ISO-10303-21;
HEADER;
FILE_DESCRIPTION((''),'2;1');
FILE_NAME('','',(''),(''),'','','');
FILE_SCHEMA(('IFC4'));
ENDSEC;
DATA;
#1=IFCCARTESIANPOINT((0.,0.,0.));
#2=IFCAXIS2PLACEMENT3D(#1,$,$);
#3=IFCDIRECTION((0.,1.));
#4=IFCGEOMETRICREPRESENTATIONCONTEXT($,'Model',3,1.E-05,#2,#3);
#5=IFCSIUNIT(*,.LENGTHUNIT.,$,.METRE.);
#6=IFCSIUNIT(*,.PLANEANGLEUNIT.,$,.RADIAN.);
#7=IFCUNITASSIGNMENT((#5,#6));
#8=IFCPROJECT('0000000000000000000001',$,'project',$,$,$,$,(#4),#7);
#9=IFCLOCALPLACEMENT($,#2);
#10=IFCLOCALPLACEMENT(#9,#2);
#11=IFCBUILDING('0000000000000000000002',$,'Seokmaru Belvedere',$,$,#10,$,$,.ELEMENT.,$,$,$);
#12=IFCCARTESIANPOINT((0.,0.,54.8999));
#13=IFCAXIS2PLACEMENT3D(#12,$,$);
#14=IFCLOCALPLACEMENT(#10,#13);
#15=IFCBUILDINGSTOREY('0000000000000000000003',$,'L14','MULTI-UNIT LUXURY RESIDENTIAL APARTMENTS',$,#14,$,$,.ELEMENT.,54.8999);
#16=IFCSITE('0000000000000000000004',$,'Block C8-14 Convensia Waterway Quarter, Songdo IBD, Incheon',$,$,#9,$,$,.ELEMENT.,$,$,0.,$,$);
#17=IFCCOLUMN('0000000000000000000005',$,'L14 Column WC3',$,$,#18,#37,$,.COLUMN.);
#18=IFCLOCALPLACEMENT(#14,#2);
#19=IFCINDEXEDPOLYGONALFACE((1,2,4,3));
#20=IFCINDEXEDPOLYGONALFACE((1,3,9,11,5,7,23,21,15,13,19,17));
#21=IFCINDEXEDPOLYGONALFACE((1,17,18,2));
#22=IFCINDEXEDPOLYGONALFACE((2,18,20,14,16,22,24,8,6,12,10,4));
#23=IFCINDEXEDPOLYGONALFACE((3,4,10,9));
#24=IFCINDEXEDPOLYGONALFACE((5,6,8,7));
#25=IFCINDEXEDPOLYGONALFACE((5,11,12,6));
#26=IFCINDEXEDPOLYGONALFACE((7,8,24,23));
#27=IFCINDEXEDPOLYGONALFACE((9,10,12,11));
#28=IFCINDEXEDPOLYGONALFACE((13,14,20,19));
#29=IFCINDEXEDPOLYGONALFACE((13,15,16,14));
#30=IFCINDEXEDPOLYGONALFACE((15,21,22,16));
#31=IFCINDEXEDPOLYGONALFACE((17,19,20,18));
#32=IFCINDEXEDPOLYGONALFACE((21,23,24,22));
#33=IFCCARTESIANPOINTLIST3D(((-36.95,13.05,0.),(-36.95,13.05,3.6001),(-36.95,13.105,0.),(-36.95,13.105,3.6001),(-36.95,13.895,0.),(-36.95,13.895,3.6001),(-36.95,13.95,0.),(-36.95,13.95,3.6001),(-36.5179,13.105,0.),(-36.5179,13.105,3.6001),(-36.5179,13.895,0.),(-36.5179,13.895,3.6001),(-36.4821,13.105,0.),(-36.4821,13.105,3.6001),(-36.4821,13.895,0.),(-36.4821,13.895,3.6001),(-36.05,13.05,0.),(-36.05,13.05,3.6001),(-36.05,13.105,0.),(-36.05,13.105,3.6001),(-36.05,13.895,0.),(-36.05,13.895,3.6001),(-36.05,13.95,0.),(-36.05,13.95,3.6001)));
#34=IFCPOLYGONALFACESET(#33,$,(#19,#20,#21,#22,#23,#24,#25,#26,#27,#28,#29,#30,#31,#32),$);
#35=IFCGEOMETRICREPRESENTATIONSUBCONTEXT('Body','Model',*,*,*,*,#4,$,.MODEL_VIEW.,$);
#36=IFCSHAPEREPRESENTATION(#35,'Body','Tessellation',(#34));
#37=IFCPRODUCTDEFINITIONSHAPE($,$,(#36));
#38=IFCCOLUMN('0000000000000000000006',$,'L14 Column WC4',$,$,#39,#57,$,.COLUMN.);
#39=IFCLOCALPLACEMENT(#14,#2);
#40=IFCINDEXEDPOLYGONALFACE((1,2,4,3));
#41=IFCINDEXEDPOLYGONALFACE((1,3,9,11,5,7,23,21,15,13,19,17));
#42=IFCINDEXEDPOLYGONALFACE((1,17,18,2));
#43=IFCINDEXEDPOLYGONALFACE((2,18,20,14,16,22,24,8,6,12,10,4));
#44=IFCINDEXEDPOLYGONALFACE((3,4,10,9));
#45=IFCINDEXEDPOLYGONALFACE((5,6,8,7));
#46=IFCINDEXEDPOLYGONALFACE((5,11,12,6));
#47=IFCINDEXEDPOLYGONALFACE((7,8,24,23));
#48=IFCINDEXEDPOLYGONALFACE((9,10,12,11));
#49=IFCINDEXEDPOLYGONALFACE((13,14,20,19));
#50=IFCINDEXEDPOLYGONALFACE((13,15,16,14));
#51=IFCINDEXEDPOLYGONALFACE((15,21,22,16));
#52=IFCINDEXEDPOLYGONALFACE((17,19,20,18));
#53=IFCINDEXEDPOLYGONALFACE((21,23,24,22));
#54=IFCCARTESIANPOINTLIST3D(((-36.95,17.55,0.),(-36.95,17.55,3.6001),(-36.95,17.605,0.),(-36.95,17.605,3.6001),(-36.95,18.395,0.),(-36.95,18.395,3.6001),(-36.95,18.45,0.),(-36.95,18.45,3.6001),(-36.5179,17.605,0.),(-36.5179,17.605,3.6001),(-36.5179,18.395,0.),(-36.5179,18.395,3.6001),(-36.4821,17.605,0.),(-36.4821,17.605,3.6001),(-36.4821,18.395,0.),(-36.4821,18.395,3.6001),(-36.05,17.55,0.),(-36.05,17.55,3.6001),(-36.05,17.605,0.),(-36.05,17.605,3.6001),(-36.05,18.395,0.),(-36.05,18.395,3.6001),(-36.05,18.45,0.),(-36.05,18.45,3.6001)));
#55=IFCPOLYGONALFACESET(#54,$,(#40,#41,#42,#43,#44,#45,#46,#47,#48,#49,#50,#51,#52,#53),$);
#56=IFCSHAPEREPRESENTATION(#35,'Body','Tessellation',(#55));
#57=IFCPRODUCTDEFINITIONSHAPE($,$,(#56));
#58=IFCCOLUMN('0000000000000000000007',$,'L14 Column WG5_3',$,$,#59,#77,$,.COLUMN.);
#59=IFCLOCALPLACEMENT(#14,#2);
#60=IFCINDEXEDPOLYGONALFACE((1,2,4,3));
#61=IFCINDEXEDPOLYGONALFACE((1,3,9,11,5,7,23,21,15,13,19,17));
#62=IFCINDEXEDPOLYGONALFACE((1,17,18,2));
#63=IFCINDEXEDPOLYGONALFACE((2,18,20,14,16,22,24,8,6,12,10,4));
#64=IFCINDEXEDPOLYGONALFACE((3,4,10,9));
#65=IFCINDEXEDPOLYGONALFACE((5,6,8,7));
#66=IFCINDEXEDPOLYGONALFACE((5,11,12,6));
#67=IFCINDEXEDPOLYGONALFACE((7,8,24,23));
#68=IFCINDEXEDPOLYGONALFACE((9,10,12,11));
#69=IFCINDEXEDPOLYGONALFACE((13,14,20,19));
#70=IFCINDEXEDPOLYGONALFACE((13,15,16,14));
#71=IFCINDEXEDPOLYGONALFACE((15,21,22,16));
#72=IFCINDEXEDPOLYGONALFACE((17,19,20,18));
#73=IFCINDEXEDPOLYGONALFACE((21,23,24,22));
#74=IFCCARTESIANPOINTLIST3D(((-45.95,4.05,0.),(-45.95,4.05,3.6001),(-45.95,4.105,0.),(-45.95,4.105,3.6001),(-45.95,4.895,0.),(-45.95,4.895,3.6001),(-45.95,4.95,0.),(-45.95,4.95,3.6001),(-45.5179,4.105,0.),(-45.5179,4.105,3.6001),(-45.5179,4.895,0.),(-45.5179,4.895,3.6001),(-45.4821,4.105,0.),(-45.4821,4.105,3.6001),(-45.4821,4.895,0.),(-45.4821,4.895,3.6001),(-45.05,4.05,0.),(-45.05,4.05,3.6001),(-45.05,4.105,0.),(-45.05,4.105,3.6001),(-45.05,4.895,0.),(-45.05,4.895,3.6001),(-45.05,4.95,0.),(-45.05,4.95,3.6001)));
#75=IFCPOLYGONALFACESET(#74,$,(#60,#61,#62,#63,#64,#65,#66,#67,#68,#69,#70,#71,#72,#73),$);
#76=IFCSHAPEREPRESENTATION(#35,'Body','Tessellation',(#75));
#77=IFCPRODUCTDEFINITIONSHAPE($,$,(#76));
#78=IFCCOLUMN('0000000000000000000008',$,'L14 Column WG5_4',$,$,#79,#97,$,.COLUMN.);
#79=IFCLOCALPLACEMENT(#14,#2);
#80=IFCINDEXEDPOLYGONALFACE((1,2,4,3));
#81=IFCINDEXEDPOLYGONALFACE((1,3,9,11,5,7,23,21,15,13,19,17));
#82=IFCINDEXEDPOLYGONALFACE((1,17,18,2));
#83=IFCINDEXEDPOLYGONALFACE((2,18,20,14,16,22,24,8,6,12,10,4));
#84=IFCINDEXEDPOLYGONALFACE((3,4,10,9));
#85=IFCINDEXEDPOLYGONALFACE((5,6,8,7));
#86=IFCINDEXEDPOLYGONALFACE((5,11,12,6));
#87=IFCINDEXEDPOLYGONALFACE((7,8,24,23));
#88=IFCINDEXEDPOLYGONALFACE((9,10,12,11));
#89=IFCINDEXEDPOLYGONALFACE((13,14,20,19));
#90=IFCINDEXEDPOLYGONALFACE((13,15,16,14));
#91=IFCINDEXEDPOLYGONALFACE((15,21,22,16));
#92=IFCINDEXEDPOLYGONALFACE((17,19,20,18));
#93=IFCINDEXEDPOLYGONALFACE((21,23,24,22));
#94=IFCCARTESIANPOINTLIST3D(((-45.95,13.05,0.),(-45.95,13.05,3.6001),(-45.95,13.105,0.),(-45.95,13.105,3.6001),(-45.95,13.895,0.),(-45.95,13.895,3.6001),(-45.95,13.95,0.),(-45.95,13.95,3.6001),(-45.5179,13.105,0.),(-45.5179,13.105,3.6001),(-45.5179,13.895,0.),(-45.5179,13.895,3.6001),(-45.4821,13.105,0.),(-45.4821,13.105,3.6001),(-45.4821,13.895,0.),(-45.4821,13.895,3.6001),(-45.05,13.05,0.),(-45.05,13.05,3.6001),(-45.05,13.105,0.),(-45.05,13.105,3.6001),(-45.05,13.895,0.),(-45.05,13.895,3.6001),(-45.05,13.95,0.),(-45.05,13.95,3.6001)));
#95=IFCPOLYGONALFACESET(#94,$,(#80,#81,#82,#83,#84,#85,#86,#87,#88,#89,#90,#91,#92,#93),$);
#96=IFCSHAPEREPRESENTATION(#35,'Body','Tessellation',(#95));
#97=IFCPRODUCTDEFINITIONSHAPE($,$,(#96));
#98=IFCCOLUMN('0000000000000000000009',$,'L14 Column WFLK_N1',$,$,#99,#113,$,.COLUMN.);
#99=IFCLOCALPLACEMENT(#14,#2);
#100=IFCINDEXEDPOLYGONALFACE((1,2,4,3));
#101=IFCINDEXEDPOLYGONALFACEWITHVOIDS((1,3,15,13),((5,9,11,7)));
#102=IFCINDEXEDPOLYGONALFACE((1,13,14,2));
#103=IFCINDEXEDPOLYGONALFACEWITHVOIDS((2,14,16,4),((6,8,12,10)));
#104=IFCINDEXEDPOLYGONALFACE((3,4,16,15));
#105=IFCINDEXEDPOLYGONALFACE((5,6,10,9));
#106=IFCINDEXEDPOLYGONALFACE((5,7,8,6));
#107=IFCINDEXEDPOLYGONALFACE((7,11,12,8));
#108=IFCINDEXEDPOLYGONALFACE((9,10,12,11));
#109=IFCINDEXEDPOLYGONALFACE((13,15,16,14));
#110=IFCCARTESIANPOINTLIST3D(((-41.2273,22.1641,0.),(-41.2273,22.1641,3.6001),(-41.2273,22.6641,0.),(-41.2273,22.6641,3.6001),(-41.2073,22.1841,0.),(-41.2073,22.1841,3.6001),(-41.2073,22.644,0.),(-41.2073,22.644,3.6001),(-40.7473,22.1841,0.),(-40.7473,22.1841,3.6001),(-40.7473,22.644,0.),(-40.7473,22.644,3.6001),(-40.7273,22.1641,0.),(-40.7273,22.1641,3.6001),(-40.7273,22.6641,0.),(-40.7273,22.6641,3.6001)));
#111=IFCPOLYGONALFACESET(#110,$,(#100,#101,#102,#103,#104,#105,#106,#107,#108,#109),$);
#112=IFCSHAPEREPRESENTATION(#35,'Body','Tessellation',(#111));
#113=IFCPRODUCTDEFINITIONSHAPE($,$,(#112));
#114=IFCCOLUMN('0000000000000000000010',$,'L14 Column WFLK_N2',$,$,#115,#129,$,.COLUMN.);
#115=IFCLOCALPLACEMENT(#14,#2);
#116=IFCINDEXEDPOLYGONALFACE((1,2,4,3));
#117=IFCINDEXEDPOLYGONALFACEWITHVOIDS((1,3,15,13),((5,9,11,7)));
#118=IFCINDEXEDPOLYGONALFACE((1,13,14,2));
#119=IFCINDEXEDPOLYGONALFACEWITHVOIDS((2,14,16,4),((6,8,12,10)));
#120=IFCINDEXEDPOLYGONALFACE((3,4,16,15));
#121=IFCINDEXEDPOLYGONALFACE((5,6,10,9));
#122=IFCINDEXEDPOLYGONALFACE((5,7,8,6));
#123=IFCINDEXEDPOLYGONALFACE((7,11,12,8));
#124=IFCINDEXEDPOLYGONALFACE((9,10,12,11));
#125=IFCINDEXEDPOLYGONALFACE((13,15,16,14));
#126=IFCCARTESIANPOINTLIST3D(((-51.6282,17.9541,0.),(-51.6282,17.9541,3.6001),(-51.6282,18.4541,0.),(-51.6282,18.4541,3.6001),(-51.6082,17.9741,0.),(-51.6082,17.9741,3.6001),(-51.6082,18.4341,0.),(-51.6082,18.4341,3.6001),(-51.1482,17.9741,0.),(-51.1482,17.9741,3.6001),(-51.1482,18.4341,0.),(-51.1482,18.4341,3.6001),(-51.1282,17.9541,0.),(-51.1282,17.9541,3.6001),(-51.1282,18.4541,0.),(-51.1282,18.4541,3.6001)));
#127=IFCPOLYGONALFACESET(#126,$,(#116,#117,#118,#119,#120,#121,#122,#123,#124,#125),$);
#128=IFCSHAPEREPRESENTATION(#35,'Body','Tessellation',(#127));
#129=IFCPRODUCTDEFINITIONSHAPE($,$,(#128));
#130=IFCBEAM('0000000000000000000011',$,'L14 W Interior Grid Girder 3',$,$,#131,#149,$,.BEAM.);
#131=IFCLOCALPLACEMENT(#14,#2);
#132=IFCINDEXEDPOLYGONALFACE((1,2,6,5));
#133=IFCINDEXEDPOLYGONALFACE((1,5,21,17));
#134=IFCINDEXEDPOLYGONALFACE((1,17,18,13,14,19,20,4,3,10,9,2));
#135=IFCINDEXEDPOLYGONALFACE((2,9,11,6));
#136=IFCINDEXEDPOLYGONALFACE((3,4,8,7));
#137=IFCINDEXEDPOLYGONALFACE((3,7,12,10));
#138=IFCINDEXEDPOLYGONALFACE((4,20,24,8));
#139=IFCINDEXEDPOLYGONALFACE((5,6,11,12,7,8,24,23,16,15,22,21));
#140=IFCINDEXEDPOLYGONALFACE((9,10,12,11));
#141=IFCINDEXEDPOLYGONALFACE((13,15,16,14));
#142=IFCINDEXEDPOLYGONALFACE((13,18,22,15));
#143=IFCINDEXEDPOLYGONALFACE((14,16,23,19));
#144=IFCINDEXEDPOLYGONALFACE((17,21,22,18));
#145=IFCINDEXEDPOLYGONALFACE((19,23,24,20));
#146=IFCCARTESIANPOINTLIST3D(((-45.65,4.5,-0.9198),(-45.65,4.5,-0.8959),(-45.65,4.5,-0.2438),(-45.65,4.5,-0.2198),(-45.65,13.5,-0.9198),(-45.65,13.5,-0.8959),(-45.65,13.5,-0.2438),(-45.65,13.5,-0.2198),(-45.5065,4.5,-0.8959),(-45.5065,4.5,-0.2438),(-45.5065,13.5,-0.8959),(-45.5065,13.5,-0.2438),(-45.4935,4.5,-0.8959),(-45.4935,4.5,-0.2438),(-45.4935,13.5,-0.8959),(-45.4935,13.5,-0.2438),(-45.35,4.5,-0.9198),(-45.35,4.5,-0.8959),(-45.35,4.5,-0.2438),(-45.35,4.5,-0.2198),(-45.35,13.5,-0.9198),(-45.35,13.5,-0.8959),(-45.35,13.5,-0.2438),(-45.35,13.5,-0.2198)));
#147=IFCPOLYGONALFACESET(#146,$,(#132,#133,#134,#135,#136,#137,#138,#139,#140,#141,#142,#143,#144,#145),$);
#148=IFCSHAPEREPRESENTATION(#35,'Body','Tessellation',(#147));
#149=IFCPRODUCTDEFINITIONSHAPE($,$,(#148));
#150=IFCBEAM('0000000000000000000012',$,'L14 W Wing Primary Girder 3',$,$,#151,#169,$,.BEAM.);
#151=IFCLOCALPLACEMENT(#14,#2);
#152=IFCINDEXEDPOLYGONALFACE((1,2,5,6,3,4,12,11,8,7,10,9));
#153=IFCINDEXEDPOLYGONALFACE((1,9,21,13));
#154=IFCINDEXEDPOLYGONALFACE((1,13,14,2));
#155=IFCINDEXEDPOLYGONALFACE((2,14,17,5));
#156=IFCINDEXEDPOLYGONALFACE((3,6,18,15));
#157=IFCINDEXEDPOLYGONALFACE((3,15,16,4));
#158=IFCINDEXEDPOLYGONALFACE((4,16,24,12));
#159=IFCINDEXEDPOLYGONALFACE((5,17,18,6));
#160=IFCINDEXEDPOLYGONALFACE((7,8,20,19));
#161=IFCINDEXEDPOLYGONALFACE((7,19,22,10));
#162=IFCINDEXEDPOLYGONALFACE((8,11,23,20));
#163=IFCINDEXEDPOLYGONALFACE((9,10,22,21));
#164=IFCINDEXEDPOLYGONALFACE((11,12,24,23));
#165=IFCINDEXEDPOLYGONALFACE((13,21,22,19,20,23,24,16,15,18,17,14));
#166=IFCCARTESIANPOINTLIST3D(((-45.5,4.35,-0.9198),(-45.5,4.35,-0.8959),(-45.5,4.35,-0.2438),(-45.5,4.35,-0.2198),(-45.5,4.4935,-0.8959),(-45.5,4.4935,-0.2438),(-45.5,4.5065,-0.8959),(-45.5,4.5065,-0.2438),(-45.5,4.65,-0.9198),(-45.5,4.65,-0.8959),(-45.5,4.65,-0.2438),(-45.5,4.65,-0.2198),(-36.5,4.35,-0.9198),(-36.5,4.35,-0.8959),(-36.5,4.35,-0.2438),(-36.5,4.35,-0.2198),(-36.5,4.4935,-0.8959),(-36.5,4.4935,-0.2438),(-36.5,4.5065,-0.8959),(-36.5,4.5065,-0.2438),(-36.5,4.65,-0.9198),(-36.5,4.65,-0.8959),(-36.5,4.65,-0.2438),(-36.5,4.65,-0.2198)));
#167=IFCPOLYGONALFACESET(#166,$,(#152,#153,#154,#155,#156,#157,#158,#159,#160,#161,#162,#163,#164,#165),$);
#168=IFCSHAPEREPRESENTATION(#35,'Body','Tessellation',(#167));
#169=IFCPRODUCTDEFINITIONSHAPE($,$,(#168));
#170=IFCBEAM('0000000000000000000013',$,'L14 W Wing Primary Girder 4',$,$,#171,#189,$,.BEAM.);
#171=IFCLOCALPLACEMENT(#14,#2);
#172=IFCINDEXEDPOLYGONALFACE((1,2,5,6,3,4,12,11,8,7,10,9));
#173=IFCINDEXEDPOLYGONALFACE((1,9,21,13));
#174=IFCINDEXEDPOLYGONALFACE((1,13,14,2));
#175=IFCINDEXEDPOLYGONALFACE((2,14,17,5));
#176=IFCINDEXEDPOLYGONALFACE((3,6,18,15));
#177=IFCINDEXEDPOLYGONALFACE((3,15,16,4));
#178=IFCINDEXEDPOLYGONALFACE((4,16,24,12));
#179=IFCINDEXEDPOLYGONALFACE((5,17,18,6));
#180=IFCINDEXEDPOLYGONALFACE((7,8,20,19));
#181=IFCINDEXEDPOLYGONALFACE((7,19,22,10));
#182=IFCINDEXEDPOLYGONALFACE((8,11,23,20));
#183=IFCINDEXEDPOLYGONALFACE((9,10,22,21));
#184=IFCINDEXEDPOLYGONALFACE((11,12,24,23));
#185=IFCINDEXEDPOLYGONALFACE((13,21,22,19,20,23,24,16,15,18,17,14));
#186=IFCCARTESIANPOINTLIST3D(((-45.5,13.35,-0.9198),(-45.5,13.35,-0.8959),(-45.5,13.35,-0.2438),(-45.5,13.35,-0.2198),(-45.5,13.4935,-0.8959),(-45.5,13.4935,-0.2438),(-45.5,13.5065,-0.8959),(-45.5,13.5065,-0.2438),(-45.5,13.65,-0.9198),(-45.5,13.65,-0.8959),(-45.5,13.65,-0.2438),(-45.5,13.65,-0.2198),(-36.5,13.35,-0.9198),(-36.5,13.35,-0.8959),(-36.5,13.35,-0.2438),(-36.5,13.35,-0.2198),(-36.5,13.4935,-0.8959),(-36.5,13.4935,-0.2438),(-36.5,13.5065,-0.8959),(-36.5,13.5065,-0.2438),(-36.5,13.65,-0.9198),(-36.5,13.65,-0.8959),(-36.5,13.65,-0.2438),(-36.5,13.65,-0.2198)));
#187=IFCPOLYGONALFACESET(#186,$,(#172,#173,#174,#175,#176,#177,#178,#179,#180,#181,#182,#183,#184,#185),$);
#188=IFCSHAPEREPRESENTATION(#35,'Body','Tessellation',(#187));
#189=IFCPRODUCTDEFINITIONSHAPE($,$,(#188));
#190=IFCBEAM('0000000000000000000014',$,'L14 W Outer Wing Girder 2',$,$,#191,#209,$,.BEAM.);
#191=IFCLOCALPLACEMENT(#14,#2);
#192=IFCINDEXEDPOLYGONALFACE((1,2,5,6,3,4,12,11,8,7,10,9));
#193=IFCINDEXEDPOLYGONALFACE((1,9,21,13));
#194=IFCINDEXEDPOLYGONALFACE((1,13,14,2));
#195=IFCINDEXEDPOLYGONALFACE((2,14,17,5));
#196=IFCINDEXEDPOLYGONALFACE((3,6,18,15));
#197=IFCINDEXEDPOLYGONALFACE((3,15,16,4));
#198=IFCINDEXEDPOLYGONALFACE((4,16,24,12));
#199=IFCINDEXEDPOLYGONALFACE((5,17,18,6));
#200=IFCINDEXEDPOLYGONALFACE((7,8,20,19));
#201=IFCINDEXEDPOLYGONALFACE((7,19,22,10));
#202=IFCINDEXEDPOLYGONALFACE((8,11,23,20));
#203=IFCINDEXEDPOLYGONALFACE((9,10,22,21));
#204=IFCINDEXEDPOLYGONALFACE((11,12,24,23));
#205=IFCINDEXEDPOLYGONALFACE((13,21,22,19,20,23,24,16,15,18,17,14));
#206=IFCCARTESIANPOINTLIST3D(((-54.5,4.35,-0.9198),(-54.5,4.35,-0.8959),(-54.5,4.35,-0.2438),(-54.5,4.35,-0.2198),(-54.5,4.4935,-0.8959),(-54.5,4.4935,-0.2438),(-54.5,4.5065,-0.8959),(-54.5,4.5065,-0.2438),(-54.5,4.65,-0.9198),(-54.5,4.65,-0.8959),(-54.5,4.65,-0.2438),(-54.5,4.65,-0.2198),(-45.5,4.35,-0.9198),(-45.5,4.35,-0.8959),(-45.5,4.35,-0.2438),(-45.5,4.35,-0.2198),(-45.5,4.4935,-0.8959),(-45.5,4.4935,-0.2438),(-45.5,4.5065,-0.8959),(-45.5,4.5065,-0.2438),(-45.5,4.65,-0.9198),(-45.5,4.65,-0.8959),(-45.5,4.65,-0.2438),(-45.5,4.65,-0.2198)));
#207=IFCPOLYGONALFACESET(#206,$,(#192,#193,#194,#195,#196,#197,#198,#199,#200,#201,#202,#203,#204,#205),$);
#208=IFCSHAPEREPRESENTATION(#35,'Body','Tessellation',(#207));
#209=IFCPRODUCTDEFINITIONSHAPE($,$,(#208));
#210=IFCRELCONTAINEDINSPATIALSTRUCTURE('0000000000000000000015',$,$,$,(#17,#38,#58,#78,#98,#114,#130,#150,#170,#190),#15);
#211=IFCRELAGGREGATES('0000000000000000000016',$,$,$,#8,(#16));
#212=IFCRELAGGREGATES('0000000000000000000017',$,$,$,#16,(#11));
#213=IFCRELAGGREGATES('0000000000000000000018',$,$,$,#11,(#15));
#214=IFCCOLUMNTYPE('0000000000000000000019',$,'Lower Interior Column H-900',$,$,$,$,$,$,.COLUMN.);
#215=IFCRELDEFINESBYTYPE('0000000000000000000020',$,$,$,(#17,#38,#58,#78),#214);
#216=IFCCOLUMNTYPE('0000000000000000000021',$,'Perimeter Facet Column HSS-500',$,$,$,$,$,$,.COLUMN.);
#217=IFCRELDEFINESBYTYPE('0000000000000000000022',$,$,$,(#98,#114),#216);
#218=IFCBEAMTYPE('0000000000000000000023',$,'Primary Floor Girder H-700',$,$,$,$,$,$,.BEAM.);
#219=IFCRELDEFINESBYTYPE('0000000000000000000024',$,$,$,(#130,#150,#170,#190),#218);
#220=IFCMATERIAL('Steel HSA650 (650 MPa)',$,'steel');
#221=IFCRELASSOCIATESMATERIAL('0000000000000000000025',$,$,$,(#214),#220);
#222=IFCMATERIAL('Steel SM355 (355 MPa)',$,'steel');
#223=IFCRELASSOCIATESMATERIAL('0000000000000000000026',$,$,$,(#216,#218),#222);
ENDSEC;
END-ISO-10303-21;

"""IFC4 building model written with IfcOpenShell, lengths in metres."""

from ifc_helpers import new_model, si_unit, direction, frame, origin, origin_2d, place, context, subcontext, project, spatial, hollow_rectangle, i_section, extrude, source, transform, mapped, material, material_profile, profile_set, type_object, type_shapes, element, save


model = new_model("IFC4")

# Units and contexts
model_context = context("Model", 3, precision=1e-05, world=origin(), true_north=direction((0.0, 1.0)))
body_context = subcontext(model_context, "Body", "Model", "MODEL_VIEW")
ifc_project = project(units=[si_unit("LENGTHUNIT", "METRE"), si_unit("PLANEANGLEUNIT", "RADIAN")], contexts=[model_context])

# Site, building, storey
site_placement = place(None, origin())
site = spatial("IfcSite", under=ifc_project, at=site_placement, Name="Block C8-14 Convensia Waterway Quarter, Songdo IBD, Incheon", CompositionType="ELEMENT", RefElevation=0.0)
building_placement = place(site_placement, origin())
building = spatial("IfcBuilding", under=site, at=building_placement, Name="Seokmaru Belvedere", CompositionType="ELEMENT")
storey_placement = place(building_placement, frame((0.0, 0.0, 54.8999)))
storey = spatial("IfcBuildingStorey", under=building, at=storey_placement, Name="L14", Description="MULTI-UNIT LUXURY RESIDENTIAL APARTMENTS", CompositionType="ELEMENT", Elevation=54.8999)

# Columns
ifc_material_1 = material(Name="Steel HSA650 (650 MPa)", Category="steel")
ifc_material_profile_1 = material_profile(ifc_material_1, i_section(OverallWidth=0.8999, OverallDepth=0.8999, WebThickness=0.0359, FlangeThickness=0.0549, at=origin_2d()), Name="H-900x900x36x55")
ifc_profile_set_1 = profile_set([ifc_material_profile_1], Name="Steel HSA650 (650 MPa)")
column_type_1 = type_object("IfcColumnType", Name="Lower Interior Column H-900", PredefinedType="COLUMN", material=ifc_profile_set_1)
shared_shape_1 = source(origin(), body_context, "Body", "SweptSolid", [
    extrude(i_section(OverallWidth=0.8999, OverallDepth=0.8999, WebThickness=0.0359, FlangeThickness=0.0549, at=origin_2d()), origin(), (0.0, 0.0, 1.0), 3.6001),
])
type_shapes(column_type_1, [shared_shape_1])
for number, where, z_axis, x_axis, name in (
    (1, (-36.5, 13.5, 0.0), (0.0, 0.0, 1.0), (1.0, 0.0, 0.0), "L14 Column WC3"),
    (2, (-36.5, 18.0, 0.0), (0.0, 0.0, 1.0), (1.0, 0.0, 0.0), "L14 Column WC4"),
    (3, (-45.5, 4.5, 0.0), (0.0, 0.0, 1.0), (1.0, 0.0, 0.0), "L14 Column WG5_3"),
    (4, (-45.5, 13.5, 0.0), (0.0, 0.0, 1.0), (1.0, 0.0, 0.0), "L14 Column WG5_4"),
):
    element("IfcColumn", number, at=place(storey_placement, frame(where, z_axis=z_axis, x_axis=x_axis)), inside=storey, type_object=column_type_1, Name=name, PredefinedType="COLUMN", context=body_context, shape_type="MappedRepresentation", body=[
        mapped(shared_shape_1, transform((0.0, 0.0, 0.0), scale=1.0)),
    ])
ifc_material_2 = material(Name="Steel SM355 (355 MPa)", Category="steel")
ifc_material_profile_2 = material_profile(ifc_material_2, hollow_rectangle(XDim=0.5, YDim=0.5, WallThickness=0.02, at=origin_2d()), Name="HSS-500x500x20")
ifc_profile_set_2 = profile_set([ifc_material_profile_2], Name="Steel SM355 (355 MPa)")
column_type_2 = type_object("IfcColumnType", Name="Perimeter Facet Column HSS-500", PredefinedType="COLUMN", material=ifc_profile_set_2)
shared_shape_2 = source(origin(), body_context, "Body", "SweptSolid", [
    extrude(hollow_rectangle(XDim=0.5, YDim=0.5, WallThickness=0.02, at=origin_2d()), origin(), (0.0, 0.0, 1.0), 3.6001),
])
type_shapes(column_type_2, [shared_shape_2])
for number, where, z_axis, x_axis, name in (
    (5, (-40.9773, 22.4141, 0.0), (0.0, 0.0, 1.0), (1.0, 0.0, 0.0), "L14 Column WFLK_N1"),
    (6, (-51.3782, 18.2041, 0.0), (0.0, 0.0, 1.0), (1.0, 0.0, 0.0), "L14 Column WFLK_N2"),
):
    element("IfcColumn", number, at=place(storey_placement, frame(where, z_axis=z_axis, x_axis=x_axis)), inside=storey, type_object=column_type_2, Name=name, PredefinedType="COLUMN", context=body_context, shape_type="MappedRepresentation", body=[
        mapped(shared_shape_2, transform((0.0, 0.0, 0.0), scale=1.0)),
    ])

# Beams
ifc_material_profile_3 = material_profile(ifc_material_2, i_section(OverallWidth=0.3, OverallDepth=0.7, WebThickness=0.0129, FlangeThickness=0.0239, at=origin_2d()), Name="H-700x300x13x24")
ifc_profile_set_3 = profile_set([ifc_material_profile_3], Name="Steel SM355 (355 MPa)")
beam_type_1 = type_object("IfcBeamType", Name="Primary Floor Girder H-700", PredefinedType="BEAM", material=ifc_profile_set_3)
shared_shape_3 = source(origin(), body_context, "Body", "SweptSolid", [
    extrude(i_section(OverallWidth=0.3, OverallDepth=0.7, WebThickness=0.0129, FlangeThickness=0.0239, at=origin_2d()), origin(), (0.0, 0.0, 1.0), 9.0),
])
for number, where, z_axis, x_axis, name in (
    (7, (-45.5, 4.5, -0.5698), (0.0, 1.0, 0.0), (-1.0, 0.0, 0.0), "L14 W Interior Grid Girder 3"),
    (8, (-45.5, 4.5, -0.5698), (1.0, 0.0, 0.0), (0.0, 1.0, 0.0), "L14 W Wing Primary Girder 3"),
    (9, (-45.5, 13.5, -0.5698), (1.0, 0.0, 0.0), (0.0, 1.0, 0.0), "L14 W Wing Primary Girder 4"),
    (10, (-54.5, 4.5, -0.5698), (1.0, 0.0, 0.0), (0.0, 1.0, 0.0), "L14 W Outer Wing Girder 2"),
):
    element("IfcBeam", number, at=place(storey_placement, frame(where, z_axis=z_axis, x_axis=x_axis)), inside=storey, type_object=beam_type_1, Name=name, PredefinedType="BEAM", context=body_context, shape_type="MappedRepresentation", body=[
        mapped(shared_shape_3, transform((0.0, 0.0, 0.0), scale=1.0)),
    ])

save(model, "model.ifc")
